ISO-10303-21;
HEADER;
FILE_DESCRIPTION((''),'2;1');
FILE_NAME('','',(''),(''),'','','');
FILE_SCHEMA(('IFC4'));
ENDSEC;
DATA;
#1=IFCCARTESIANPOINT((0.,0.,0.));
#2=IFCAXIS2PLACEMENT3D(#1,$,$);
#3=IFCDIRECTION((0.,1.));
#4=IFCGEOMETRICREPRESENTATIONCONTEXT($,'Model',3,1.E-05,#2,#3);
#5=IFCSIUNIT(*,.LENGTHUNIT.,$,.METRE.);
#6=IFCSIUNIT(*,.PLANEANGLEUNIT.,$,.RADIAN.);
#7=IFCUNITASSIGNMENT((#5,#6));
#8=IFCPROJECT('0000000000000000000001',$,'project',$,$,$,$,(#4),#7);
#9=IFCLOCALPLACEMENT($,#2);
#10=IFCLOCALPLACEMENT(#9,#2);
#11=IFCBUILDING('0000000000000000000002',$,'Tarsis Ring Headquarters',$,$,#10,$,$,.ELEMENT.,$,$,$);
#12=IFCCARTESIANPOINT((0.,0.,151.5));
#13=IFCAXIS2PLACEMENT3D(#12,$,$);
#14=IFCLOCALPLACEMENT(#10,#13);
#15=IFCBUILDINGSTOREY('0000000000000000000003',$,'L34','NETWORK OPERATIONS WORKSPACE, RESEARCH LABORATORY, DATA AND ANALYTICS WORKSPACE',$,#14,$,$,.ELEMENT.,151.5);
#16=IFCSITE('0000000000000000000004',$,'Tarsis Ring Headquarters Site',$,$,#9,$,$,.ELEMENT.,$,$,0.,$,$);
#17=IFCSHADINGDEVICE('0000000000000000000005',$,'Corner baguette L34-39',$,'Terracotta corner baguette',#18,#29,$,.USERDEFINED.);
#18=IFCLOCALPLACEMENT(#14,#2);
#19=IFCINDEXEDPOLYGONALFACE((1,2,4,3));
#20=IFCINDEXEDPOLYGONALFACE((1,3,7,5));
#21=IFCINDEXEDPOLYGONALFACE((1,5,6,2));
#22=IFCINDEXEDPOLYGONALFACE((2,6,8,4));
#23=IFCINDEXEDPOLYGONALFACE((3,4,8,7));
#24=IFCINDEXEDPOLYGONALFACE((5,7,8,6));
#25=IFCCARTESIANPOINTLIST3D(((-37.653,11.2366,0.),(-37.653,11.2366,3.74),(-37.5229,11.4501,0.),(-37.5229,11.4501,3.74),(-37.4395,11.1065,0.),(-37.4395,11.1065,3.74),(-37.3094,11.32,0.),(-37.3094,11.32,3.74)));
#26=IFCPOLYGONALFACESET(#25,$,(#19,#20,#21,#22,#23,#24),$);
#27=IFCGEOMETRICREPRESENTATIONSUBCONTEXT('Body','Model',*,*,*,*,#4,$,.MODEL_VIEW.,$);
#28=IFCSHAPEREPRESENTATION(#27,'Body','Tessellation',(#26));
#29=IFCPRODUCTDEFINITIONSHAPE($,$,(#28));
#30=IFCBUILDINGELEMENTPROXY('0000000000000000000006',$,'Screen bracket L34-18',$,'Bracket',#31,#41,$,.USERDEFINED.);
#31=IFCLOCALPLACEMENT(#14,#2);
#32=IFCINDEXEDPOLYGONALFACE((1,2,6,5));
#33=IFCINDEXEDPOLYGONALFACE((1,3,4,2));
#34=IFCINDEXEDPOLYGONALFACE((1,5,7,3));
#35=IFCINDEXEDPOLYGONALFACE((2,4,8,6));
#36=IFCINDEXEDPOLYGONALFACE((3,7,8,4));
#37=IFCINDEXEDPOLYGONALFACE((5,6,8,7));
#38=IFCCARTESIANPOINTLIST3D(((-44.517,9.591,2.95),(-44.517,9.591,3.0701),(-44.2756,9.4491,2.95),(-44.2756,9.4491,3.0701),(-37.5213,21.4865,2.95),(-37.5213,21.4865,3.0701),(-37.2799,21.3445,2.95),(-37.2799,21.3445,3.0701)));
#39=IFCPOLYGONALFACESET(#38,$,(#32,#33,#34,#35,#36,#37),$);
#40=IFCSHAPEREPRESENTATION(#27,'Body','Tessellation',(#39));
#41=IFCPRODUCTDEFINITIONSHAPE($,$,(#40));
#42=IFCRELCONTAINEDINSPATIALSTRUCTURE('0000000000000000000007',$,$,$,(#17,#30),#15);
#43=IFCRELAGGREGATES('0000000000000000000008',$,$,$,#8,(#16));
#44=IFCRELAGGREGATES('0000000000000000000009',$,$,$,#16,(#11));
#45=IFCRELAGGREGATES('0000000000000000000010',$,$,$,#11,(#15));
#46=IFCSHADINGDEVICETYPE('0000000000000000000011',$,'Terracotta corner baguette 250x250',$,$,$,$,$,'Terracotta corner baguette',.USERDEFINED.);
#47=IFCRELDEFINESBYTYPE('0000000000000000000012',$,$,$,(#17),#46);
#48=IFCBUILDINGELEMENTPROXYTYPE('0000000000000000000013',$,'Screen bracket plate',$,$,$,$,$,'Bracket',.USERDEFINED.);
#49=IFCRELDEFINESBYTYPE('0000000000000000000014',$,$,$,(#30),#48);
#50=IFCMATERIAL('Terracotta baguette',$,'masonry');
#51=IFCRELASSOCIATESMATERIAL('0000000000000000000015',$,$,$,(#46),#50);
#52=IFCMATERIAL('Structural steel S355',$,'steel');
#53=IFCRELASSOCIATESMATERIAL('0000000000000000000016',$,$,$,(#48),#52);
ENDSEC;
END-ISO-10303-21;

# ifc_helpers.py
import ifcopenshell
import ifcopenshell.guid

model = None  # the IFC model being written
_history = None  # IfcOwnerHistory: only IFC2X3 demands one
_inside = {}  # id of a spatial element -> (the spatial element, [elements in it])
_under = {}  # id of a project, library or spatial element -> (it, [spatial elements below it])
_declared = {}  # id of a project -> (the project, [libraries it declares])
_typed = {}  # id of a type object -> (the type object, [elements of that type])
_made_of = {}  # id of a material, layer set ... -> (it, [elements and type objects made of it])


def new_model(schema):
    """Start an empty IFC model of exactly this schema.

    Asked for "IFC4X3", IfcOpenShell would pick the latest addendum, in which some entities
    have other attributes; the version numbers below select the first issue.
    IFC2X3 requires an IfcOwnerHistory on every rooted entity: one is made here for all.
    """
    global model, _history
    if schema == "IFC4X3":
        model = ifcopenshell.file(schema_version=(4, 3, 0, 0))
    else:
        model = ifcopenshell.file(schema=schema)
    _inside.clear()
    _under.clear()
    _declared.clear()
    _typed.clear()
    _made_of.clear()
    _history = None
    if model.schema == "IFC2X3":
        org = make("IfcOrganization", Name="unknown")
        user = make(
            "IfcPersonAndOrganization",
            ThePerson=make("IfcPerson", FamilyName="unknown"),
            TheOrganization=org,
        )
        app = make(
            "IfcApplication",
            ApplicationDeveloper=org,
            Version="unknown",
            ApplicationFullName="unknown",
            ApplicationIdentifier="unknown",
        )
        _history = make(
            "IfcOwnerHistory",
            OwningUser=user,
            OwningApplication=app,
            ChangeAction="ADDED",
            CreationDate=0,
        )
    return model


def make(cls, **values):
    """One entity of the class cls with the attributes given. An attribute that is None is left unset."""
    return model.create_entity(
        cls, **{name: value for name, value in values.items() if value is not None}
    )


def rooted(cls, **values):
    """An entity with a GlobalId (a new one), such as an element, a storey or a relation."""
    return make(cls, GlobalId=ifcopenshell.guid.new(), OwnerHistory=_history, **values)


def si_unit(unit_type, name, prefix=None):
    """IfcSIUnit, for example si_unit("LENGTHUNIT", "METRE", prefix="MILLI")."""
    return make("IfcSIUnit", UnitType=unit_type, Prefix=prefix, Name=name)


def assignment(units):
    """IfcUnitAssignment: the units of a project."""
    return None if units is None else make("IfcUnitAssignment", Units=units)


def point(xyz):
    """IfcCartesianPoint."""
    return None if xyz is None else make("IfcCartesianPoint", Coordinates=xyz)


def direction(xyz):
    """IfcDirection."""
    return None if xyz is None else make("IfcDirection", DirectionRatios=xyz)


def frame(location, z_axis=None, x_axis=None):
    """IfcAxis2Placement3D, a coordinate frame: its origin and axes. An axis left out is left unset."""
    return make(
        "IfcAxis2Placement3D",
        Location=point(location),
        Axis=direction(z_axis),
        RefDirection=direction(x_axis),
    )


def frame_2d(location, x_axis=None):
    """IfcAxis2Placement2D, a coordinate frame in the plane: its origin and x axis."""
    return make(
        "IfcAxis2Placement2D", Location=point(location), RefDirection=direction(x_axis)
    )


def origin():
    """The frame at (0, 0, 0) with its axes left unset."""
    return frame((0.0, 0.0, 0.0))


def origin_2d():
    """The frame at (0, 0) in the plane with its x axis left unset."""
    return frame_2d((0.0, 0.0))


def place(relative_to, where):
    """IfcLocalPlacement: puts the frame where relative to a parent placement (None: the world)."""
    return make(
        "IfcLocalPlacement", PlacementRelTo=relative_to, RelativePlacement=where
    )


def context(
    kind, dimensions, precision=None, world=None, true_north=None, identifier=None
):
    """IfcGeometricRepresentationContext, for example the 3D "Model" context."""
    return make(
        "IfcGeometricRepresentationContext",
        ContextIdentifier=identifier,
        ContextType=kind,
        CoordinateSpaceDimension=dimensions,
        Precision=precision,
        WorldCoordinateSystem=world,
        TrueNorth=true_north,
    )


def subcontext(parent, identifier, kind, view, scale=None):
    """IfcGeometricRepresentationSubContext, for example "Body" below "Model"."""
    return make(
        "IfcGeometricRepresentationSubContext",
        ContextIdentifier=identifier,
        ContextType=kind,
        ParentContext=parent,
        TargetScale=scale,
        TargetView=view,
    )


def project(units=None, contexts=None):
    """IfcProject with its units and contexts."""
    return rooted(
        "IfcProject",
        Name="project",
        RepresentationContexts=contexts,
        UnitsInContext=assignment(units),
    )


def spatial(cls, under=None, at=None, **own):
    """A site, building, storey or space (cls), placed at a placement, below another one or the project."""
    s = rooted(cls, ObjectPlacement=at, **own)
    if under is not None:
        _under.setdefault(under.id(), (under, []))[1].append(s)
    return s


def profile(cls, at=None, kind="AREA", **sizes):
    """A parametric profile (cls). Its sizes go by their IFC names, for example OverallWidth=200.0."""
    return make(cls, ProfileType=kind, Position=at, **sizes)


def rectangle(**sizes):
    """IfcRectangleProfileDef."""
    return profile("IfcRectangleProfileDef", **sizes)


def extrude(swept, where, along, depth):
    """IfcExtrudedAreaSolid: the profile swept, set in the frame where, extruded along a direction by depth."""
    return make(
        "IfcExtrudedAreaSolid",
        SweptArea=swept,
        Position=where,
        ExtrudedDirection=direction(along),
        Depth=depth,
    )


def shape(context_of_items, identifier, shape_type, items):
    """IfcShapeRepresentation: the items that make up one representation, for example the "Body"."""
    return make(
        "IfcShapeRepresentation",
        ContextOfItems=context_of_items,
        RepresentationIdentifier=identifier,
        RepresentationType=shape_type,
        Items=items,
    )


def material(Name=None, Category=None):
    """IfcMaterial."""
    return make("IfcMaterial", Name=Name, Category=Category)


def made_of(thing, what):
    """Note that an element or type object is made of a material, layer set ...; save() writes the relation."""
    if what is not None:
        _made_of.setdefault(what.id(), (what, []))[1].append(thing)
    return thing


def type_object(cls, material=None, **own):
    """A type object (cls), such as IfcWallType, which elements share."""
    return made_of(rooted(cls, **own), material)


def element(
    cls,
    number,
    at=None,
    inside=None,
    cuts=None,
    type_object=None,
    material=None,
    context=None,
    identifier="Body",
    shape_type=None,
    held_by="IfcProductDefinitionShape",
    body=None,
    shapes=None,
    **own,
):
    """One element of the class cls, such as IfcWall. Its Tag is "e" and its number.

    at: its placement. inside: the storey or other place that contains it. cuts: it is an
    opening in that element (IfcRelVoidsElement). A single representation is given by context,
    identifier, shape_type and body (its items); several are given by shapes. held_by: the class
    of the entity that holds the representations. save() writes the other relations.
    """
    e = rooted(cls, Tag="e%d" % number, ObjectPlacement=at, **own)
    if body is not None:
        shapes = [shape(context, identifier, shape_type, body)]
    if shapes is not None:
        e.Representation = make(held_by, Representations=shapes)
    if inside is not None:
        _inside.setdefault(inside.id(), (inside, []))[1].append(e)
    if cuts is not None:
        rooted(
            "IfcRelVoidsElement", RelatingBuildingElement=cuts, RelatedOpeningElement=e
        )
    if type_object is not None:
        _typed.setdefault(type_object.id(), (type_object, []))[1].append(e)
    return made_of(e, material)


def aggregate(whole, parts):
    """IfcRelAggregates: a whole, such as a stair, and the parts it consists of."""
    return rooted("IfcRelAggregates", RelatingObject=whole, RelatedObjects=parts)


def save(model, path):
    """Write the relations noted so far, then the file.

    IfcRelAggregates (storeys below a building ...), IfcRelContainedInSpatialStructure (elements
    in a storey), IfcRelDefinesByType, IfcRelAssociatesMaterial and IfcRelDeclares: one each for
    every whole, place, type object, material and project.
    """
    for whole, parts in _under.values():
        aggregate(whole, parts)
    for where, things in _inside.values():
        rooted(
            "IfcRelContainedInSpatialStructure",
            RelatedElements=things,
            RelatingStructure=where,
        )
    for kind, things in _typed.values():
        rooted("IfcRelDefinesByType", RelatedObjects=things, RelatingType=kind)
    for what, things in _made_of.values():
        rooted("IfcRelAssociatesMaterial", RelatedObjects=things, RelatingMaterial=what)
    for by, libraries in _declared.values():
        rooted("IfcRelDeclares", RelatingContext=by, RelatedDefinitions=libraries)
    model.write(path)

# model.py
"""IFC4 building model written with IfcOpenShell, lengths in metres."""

from ifc_helpers import new_model, si_unit, direction, frame, origin, origin_2d, place, context, subcontext, project, spatial, rectangle, extrude, material, type_object, element, save


model = new_model("IFC4")

# Units and contexts
model_context = context("Model", 3, precision=1e-05, world=origin(), true_north=direction((0.0, 1.0)))
body_context = subcontext(model_context, "Body", "Model", "MODEL_VIEW")
ifc_project = project(units=[si_unit("LENGTHUNIT", "METRE"), si_unit("PLANEANGLEUNIT", "RADIAN")], contexts=[model_context])

# Site, building, storey
site_placement = place(None, origin())
site = spatial("IfcSite", under=ifc_project, at=site_placement, Name="Tarsis Ring Headquarters Site", CompositionType="ELEMENT", RefElevation=0.0)
building_placement = place(site_placement, origin())
building = spatial("IfcBuilding", under=site, at=building_placement, Name="Tarsis Ring Headquarters", CompositionType="ELEMENT")
storey_placement = place(building_placement, frame((0.0, 0.0, 151.5)))
storey = spatial("IfcBuildingStorey", under=building, at=storey_placement, Name="L34", Description="NETWORK OPERATIONS WORKSPACE, RESEARCH LABORATORY, DATA AND ANALYTICS WORKSPACE", CompositionType="ELEMENT", Elevation=151.5)

# Shared definitions
ifc_material_1 = material(Name="Structural steel S355", Category="steel")

# Shading device
ifc_material_2 = material(Name="Terracotta baguette", Category="masonry")
shading_device_type_1 = type_object("IfcShadingDeviceType", Name="Terracotta corner baguette 250x250", ElementType="Terracotta corner baguette", PredefinedType="USERDEFINED", material=ifc_material_2)
for number, where, z_axis, x_axis, name in (
    (1, (-37.4812, 11.2783, 0.0), (0.0, 0.0, 1.0), (-0.520414, -0.853914, 0.0), "Corner baguette L34-39"),
):
    element("IfcShadingDevice", number, at=place(storey_placement, frame(where, z_axis=z_axis, x_axis=x_axis)), inside=storey, type_object=shading_device_type_1, Name=name, ObjectType="Terracotta corner baguette", PredefinedType="USERDEFINED", context=body_context, shape_type="SweptSolid", body=[
        extrude(rectangle(XDim=0.25, YDim=0.25, at=origin_2d()), origin(), (0.0, 0.0, 1.0), 3.74),
    ])

# Building element proxy
building_element_proxy_type = type_object("IfcBuildingElementProxyType", Name="Screen bracket plate", ElementType="Bracket", PredefinedType="USERDEFINED", material=ifc_material_1)
proxy_placement = place(storey_placement, frame((-40.8984, 15.4678, 2.95), z_axis=(0.0, 0.0, 1.0), x_axis=(-0.506937, -0.861983, 0.0)))
element("IfcBuildingElementProxy", 2, at=proxy_placement, inside=storey, type_object=building_element_proxy_type, Name="Screen bracket L34-18", ObjectType="Bracket", PredefinedType="USERDEFINED", context=body_context, shape_type="SweptSolid", body=[
    extrude(rectangle(XDim=13.8, YDim=0.28, at=origin_2d()), origin(), (0.0, 0.0, 1.0), 0.1201),
])

save(model, "model.ifc")
